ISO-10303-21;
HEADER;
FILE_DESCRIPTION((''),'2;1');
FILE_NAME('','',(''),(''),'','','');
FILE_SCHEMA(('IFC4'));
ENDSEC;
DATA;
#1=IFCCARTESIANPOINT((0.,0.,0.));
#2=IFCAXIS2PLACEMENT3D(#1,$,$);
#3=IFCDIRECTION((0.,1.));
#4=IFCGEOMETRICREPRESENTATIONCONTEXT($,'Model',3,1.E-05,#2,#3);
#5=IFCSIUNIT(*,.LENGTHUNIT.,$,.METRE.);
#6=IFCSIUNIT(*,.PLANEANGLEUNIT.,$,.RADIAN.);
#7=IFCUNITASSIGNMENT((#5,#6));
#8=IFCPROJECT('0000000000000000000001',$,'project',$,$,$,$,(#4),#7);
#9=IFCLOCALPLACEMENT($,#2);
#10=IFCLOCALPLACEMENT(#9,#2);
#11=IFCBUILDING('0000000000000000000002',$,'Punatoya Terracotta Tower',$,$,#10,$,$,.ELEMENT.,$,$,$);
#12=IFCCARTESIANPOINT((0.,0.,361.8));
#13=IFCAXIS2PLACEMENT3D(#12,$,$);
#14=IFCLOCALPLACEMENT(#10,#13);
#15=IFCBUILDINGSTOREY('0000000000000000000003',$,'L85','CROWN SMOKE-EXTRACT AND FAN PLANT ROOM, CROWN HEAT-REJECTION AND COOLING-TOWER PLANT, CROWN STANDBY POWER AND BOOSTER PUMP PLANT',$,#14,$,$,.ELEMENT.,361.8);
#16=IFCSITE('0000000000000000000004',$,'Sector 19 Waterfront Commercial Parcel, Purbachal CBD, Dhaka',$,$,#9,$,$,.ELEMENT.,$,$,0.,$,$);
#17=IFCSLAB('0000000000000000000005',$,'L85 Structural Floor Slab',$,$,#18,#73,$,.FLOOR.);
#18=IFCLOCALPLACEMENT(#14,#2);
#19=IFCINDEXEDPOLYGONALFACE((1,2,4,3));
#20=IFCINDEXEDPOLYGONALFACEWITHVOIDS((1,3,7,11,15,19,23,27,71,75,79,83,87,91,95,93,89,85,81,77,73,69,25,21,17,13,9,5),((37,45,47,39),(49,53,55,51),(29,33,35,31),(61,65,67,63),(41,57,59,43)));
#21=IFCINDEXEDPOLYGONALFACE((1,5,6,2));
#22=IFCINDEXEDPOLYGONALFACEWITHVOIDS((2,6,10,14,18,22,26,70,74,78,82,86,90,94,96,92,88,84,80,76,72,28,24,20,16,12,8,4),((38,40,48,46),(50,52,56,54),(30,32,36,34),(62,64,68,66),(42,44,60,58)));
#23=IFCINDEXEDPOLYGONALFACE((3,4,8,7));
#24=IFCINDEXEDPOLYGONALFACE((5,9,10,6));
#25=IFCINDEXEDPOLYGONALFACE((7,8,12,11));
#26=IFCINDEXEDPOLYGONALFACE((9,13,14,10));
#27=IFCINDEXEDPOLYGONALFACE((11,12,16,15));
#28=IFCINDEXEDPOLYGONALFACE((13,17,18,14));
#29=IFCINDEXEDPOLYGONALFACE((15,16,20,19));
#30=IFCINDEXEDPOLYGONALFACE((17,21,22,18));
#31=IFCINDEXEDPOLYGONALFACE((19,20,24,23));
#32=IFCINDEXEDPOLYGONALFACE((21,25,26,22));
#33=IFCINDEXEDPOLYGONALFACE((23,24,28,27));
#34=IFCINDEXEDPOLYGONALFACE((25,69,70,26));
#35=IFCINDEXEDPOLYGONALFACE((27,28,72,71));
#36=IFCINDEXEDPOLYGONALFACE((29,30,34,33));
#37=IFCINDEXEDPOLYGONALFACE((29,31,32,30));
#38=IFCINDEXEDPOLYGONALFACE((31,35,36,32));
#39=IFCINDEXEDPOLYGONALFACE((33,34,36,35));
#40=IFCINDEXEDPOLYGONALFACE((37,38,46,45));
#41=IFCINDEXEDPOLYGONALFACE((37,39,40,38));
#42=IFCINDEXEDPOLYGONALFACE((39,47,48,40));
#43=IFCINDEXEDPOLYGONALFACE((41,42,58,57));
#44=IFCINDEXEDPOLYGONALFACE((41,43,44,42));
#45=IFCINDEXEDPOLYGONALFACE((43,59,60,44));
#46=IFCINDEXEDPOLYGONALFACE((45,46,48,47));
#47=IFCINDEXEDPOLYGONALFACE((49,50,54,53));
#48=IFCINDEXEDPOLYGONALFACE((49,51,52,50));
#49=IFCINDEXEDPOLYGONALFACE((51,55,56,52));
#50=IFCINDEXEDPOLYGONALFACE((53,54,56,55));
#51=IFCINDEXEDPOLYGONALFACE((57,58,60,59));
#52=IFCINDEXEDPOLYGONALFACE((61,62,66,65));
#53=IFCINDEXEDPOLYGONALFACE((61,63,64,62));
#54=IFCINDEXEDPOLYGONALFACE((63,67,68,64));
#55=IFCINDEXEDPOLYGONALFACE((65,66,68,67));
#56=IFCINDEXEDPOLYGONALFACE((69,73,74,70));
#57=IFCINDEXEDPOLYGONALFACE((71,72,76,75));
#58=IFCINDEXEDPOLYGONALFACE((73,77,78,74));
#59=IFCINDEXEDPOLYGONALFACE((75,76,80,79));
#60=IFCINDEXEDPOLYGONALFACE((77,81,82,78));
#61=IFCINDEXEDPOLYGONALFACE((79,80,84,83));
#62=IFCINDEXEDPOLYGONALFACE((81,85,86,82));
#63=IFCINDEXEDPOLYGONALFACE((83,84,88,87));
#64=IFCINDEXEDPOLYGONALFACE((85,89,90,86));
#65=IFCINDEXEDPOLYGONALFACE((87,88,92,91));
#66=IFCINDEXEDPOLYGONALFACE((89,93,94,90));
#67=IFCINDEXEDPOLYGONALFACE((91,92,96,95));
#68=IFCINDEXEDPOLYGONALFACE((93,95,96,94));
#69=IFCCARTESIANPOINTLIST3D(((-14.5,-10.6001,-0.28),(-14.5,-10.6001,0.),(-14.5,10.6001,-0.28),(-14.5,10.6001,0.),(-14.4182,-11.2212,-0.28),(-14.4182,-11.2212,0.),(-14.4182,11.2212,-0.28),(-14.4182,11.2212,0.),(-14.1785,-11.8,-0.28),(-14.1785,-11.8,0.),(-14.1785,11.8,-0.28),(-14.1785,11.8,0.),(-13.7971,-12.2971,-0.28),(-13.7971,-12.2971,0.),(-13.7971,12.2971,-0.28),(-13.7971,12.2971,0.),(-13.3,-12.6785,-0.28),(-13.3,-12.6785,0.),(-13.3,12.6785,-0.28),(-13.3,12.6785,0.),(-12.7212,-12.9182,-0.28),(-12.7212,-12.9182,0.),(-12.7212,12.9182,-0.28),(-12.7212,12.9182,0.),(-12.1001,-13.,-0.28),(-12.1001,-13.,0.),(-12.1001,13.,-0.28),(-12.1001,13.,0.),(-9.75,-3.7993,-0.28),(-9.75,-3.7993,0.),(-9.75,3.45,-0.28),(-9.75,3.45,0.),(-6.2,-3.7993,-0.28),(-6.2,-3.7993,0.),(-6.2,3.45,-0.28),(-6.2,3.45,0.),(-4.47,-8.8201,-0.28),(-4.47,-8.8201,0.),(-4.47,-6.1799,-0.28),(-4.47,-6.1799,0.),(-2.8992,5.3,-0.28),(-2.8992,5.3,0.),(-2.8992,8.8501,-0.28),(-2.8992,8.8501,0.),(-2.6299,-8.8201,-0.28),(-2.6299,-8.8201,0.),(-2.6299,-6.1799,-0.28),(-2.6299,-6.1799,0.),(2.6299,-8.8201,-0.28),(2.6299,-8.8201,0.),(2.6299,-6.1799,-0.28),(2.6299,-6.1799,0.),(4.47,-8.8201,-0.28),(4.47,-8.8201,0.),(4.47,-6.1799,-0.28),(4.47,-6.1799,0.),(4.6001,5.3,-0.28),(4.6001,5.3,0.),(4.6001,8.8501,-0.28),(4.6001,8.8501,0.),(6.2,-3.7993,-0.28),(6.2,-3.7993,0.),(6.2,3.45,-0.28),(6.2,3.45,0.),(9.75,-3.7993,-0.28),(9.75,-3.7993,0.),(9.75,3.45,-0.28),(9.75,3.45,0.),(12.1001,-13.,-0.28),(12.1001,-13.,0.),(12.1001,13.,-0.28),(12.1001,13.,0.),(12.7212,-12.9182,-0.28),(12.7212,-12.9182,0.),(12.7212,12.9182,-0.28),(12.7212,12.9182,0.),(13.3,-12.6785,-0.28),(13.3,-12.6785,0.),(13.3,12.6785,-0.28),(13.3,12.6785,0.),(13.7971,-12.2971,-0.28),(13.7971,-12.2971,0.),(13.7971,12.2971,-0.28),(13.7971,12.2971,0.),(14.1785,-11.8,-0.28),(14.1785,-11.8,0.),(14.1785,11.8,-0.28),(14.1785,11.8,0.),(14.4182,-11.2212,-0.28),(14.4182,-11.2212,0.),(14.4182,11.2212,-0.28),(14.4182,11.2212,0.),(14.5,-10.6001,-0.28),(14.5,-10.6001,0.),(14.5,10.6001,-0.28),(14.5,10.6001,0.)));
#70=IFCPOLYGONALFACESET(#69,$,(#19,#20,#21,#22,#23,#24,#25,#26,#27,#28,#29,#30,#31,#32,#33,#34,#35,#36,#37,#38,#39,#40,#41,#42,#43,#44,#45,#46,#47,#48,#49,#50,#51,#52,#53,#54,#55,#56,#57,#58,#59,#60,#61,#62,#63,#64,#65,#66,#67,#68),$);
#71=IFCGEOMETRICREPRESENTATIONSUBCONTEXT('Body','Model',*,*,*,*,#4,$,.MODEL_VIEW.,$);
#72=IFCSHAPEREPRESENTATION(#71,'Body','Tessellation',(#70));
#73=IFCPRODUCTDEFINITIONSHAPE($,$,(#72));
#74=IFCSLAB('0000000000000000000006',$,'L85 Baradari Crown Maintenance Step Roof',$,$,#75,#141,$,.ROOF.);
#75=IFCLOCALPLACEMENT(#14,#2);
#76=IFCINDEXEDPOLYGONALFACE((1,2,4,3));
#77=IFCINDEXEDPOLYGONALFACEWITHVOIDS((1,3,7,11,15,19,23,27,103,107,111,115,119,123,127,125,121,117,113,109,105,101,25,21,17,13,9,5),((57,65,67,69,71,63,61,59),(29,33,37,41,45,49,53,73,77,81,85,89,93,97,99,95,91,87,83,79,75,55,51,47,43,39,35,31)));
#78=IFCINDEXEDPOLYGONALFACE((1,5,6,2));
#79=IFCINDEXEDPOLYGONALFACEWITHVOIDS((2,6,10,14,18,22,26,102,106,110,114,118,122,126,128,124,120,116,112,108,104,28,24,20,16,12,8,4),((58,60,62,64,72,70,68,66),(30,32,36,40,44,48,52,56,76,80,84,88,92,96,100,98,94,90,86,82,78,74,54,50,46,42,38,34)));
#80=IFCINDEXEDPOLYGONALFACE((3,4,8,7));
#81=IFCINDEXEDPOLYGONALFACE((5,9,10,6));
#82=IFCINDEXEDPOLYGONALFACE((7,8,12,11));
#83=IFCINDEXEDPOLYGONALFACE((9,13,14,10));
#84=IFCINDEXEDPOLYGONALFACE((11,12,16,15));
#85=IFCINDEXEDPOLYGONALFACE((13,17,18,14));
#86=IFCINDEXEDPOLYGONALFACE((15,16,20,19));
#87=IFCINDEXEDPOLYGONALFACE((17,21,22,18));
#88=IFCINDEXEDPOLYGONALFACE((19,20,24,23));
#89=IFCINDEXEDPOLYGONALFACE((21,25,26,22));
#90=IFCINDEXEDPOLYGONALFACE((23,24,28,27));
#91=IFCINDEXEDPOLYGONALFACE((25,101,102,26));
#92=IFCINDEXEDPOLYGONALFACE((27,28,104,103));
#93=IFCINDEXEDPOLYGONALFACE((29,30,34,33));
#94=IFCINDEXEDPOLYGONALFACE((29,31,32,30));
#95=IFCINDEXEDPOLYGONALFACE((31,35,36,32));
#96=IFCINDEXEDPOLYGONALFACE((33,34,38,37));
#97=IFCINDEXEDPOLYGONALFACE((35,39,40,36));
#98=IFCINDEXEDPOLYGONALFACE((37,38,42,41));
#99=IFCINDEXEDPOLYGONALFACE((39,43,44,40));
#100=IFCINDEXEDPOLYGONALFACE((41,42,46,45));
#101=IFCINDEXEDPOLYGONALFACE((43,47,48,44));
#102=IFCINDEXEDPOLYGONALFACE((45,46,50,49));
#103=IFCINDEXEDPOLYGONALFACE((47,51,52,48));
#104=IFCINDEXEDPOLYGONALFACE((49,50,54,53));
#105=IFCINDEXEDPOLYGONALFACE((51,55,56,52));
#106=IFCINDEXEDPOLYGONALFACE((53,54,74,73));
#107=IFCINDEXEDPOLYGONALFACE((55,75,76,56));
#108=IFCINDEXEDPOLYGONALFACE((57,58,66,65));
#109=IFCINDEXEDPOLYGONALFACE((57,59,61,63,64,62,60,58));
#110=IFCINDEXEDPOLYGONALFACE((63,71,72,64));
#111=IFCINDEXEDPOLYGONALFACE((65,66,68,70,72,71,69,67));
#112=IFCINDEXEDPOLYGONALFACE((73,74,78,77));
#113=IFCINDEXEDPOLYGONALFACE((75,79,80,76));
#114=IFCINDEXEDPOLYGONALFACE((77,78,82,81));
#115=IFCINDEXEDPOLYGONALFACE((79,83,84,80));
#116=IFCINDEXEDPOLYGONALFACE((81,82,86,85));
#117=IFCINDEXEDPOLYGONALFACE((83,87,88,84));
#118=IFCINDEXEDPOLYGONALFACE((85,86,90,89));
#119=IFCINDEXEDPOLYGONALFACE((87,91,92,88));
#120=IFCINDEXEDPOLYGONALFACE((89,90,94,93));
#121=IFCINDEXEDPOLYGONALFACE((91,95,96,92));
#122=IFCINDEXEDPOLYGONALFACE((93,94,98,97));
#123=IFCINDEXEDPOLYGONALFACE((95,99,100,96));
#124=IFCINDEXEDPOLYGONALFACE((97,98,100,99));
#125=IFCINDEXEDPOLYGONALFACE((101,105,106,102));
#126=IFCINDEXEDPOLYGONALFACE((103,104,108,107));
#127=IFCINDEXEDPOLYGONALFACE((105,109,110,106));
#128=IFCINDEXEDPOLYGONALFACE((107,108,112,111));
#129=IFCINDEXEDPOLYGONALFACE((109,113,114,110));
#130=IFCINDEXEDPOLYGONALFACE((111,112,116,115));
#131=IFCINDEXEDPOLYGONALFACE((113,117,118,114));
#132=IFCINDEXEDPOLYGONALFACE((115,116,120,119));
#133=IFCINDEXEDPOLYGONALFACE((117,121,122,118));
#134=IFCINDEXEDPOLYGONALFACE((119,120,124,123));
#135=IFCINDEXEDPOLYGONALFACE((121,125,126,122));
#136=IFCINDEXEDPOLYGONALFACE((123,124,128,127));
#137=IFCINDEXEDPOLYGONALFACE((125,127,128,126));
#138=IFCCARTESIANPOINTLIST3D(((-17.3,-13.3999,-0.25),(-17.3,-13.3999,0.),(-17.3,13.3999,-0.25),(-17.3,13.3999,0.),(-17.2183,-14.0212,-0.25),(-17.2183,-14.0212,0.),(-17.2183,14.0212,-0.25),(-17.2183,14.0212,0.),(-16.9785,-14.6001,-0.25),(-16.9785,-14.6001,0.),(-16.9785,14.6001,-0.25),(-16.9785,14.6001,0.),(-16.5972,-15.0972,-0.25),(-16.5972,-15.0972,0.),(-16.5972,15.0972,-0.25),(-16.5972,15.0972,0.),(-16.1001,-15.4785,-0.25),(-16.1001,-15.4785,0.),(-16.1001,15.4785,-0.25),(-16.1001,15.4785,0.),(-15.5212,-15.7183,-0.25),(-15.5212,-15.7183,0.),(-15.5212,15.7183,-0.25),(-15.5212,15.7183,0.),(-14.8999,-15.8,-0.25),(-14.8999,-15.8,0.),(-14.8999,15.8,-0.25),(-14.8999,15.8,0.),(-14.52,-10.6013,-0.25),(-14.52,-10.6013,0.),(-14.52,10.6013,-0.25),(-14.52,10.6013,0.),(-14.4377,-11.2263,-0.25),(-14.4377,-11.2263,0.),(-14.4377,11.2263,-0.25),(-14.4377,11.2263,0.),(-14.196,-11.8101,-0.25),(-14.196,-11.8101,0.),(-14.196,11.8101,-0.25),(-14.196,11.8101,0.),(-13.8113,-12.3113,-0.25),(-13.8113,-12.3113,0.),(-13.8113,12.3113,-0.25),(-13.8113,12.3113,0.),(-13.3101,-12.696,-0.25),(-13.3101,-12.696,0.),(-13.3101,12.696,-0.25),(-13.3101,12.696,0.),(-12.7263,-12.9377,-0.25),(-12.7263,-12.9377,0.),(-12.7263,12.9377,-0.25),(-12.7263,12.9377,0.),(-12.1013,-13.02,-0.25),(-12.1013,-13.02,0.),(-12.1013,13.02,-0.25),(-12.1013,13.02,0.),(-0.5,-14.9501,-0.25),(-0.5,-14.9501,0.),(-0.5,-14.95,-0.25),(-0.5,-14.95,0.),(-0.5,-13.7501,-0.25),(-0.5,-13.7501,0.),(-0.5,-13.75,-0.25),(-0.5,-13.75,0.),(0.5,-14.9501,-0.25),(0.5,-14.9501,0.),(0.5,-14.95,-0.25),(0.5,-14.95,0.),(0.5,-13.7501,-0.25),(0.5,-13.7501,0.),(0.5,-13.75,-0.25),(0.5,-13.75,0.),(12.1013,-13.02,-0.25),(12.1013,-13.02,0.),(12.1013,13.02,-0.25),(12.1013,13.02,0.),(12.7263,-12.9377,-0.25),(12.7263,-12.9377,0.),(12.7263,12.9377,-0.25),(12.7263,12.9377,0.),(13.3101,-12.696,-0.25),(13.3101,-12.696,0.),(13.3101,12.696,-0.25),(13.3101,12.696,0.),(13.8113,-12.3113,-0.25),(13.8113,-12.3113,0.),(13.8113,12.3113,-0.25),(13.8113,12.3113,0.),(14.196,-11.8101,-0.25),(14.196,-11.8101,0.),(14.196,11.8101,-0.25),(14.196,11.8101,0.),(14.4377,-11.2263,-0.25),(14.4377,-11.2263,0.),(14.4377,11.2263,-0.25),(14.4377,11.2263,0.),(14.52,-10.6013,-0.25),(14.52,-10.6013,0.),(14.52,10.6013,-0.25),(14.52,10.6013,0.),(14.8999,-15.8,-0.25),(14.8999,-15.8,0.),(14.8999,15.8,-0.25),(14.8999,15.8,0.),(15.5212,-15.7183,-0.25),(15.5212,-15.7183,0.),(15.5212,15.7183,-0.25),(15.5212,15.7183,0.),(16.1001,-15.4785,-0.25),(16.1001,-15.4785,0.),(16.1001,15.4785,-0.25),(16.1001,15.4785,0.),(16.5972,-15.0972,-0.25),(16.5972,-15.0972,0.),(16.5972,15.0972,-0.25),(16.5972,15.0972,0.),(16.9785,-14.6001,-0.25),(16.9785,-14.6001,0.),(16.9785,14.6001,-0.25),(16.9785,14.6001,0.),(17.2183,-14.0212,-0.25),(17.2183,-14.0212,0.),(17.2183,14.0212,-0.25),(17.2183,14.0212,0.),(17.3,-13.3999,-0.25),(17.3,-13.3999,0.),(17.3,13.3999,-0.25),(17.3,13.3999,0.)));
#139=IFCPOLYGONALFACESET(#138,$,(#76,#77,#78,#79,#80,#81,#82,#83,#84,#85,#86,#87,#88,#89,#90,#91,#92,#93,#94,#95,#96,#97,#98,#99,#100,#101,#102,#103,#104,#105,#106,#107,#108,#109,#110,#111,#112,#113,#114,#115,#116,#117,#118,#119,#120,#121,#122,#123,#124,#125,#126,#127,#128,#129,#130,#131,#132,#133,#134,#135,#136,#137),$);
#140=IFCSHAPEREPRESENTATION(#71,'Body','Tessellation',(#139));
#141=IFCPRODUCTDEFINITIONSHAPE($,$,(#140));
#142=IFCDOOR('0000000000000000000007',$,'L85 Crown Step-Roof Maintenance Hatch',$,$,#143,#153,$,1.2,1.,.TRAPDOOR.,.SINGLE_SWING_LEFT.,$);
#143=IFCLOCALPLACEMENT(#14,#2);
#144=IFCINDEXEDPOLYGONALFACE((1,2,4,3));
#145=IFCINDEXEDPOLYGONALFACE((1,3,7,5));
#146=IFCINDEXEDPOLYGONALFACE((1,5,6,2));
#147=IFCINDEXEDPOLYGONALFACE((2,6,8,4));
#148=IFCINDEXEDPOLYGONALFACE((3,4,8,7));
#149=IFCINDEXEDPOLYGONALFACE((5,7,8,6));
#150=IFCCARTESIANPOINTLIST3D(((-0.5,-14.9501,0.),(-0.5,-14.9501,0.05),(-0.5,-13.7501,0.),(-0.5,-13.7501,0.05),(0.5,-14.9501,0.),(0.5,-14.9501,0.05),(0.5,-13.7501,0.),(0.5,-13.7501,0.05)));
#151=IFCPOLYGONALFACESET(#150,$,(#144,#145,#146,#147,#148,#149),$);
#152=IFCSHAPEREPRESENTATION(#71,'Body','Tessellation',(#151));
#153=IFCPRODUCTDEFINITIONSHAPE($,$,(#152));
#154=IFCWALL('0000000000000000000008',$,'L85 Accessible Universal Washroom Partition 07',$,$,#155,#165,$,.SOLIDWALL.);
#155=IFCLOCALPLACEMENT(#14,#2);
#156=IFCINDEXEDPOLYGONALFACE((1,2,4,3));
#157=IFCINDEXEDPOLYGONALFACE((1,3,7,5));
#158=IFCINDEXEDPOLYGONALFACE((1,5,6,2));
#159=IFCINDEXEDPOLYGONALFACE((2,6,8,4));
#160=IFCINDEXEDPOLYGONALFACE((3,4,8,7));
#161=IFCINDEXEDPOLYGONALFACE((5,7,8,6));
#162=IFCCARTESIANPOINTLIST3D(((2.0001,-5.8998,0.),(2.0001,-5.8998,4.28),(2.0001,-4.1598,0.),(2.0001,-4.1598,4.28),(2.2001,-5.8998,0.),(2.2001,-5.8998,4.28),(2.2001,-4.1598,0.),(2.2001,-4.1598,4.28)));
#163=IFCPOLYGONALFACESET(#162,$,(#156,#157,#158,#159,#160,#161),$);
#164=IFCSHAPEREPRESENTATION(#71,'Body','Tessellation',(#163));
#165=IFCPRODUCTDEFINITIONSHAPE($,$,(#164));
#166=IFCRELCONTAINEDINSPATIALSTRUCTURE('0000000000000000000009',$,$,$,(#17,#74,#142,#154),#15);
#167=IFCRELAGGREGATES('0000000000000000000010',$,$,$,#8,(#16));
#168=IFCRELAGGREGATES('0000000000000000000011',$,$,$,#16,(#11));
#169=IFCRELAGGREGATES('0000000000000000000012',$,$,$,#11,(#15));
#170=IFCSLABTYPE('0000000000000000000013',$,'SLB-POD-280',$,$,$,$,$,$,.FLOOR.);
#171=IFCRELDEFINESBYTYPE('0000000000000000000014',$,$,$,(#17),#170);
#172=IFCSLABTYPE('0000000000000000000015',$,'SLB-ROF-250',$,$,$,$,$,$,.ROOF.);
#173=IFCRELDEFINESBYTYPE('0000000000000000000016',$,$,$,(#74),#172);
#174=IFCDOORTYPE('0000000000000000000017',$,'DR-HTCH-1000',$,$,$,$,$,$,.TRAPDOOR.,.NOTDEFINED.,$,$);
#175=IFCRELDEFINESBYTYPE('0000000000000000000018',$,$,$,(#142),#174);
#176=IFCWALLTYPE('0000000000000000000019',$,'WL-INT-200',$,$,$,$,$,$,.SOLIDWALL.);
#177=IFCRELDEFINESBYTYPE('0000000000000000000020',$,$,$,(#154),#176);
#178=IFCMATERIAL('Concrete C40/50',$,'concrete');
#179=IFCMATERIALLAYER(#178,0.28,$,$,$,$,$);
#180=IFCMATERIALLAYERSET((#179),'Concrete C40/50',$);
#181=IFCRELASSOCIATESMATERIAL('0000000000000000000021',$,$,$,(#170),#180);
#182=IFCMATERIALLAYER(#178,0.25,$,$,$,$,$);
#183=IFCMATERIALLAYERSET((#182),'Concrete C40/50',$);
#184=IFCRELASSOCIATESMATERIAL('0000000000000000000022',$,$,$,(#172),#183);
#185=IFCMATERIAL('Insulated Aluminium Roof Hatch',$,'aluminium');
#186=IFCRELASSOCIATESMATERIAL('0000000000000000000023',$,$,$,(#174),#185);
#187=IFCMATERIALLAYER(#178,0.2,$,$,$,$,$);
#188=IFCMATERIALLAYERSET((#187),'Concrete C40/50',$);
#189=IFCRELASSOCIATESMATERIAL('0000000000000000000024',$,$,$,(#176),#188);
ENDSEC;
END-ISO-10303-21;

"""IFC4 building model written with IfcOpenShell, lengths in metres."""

from ifc_helpers import new_model, si_unit, direction, frame, frame_2d, origin, origin_2d, place, context, subcontext, project, spatial, polyline, rectangle, outline, extrude, material, layer, layer_set, type_object, element, fill, save


model = new_model("IFC4")

# Units and contexts
model_context = context("Model", 3, precision=1e-05, world=origin(), true_north=direction((0.0, 1.0)))
body_context = subcontext(model_context, "Body", "Model", "MODEL_VIEW")
ifc_project = project(units=[si_unit("LENGTHUNIT", "METRE"), si_unit("PLANEANGLEUNIT", "RADIAN")], contexts=[model_context])

# Site, building, storey
site_placement = place(None, origin())
site = spatial("IfcSite", under=ifc_project, at=site_placement, Name="Sector 19 Waterfront Commercial Parcel, Purbachal CBD, Dhaka", CompositionType="ELEMENT", RefElevation=0.0)
building_placement = place(site_placement, origin())
building = spatial("IfcBuilding", under=site, at=building_placement, Name="Punatoya Terracotta Tower", CompositionType="ELEMENT")
storey_placement = place(building_placement, frame((0.0, 0.0, 361.8)))
storey = spatial("IfcBuildingStorey", under=building, at=storey_placement, Name="L85", Description="CROWN SMOKE-EXTRACT AND FAN PLANT ROOM, CROWN HEAT-REJECTION AND COOLING-TOWER PLANT, CROWN STANDBY POWER AND BOOSTER PUMP PLANT", CompositionType="ELEMENT", Elevation=361.8)

# Shared definitions
ifc_material_1 = material(Name="Concrete C40/50", Category="concrete")

# Slab
ifc_layer_1 = layer(ifc_material_1, 0.28)
ifc_layer_set_1 = layer_set([ifc_layer_1], Name="Concrete C40/50")
slab_type_1 = type_object("IfcSlabType", Name="SLB-POD-280", PredefinedType="FLOOR", material=ifc_layer_set_1)
slab_1_placement = place(storey_placement, frame((0.0, 0.0, -0.28)))
element("IfcSlab", 1, at=slab_1_placement, inside=storey, type_object=slab_type_1, Name="L85 Structural Floor Slab", PredefinedType="FLOOR", context=body_context, shape_type="SweptSolid", body=[
    extrude(outline(polyline([(-12.1001, -13.0), (-12.7212, -12.9182), (-13.3, -12.6785), (-13.7971, -12.2971), (-14.1785, -11.8), (-14.4182, -11.2212), (-14.5, -10.6001), (-14.5, 10.6001), (-14.4182, 11.2212), (-14.1785, 11.8), (-13.7971, 12.2971), (-13.3, 12.6785), (-12.7212, 12.9182), (-12.1001, 13.0), (12.1001, 13.0), (12.7212, 12.9182), (13.3, 12.6785), (13.7971, 12.2971), (14.1785, 11.8), (14.4182, 11.2212), (14.5, 10.6001), (14.5, -10.6001), (14.4182, -11.2212), (14.1785, -11.8), (13.7971, -12.2971), (13.3, -12.6785), (12.7212, -12.9182), (12.1001, -13.0), (-12.1001, -13.0)]), holes=[polyline([(-4.47, -6.1799), (-4.47, -8.8201), (-2.6299, -8.8201), (-2.6299, -6.1799), (-4.47, -6.1799)]), polyline([(2.6299, -6.1799), (2.6299, -8.8201), (4.47, -8.8201), (4.47, -6.1799), (2.6299, -6.1799)]), polyline([(-9.75, -3.7993), (-6.2, -3.7993), (-6.2, 3.45), (-9.75, 3.45), (-9.75, -3.7993)]), polyline([(6.2, 3.45), (6.2, -3.7993), (9.75, -3.7993), (9.75, 3.45), (6.2, 3.45)]), polyline([(4.6001, 8.8501), (-2.8992, 8.8501), (-2.8992, 5.3), (4.6001, 5.3), (4.6001, 8.8501)])]), origin(), (0.0, 0.0, 1.0), 0.28),
])

# Slab, opening, door
ifc_layer_2 = layer(ifc_material_1, 0.25)
ifc_layer_set_2 = layer_set([ifc_layer_2], Name="Concrete C40/50")
slab_type_2 = type_object("IfcSlabType", Name="SLB-ROF-250", PredefinedType="ROOF", material=ifc_layer_set_2)
slab_2_placement = place(storey_placement, frame((0.0, 0.0, -0.25)))
slab_2 = element("IfcSlab", 2, at=slab_2_placement, inside=storey, type_object=slab_type_2, Name="L85 Baradari Crown Maintenance Step Roof", PredefinedType="ROOF", context=body_context, shape_type="SweptSolid", body=[
    extrude(outline(polyline([(-15.5212, -15.7183), (-14.8999, -15.8), (14.8999, -15.8), (15.5212, -15.7183), (16.1001, -15.4785), (16.5972, -15.0972), (16.9785, -14.6001), (17.2183, -14.0212), (17.3, -13.3999), (17.3, 13.3999), (17.2183, 14.0212), (16.9785, 14.6001), (16.5972, 15.0972), (16.1001, 15.4785), (15.5212, 15.7183), (14.8999, 15.8), (-14.8999, 15.8), (-15.5212, 15.7183), (-16.1001, 15.4785), (-16.5972, 15.0972), (-16.9785, 14.6001), (-17.2183, 14.0212), (-17.3, 13.3999), (-17.3, -13.3999), (-17.2183, -14.0212), (-16.9785, -14.6001), (-16.5972, -15.0972), (-16.1001, -15.4785), (-15.5212, -15.7183)]), holes=[polyline([(13.3101, -12.696), (12.7263, -12.9377), (12.1013, -13.02), (-12.1013, -13.02), (-12.7263, -12.9377), (-13.3101, -12.696), (-13.8113, -12.3113), (-14.196, -11.8101), (-14.4377, -11.2263), (-14.52, -10.6013), (-14.52, 10.6013), (-14.4377, 11.2263), (-14.196, 11.8101), (-13.8113, 12.3113), (-13.3101, 12.696), (-12.7263, 12.9377), (-12.1013, 13.02), (12.1013, 13.02), (12.7263, 12.9377), (13.3101, 12.696), (13.8113, 12.3113), (14.196, 11.8101), (14.4377, 11.2263), (14.52, 10.6013), (14.52, -10.6013), (14.4377, -11.2263), (14.196, -11.8101), (13.8113, -12.3113), (13.3101, -12.696)]), polyline([(0.5, -13.75), (0.5, -14.95), (-0.5, -14.95), (-0.5, -13.75), (0.5, -13.75)])]), origin(), (0.0, 0.0, 1.0), 0.25),
])
opening_1_placement = place(slab_2_placement, frame((0.0, -14.3501, 0.0)))
opening_1 = element("IfcOpeningElement", 3, at=opening_1_placement, cuts=slab_2, PredefinedType="OPENING", context=body_context, shape_type="SweptSolid", body=[
    extrude(rectangle(XDim=1.0, YDim=1.2, at=origin_2d()), frame((0.0, 0.0, -0.01)), (0.0, 0.0, 1.0), 0.3201),
])
ifc_material_2 = material(Name="Insulated Aluminium Roof Hatch", Category="aluminium")
door_type_1 = type_object("IfcDoorType", Name="DR-HTCH-1000", OperationType="NOTDEFINED", PredefinedType="TRAPDOOR", material=ifc_material_2)
door_1_placement = place(opening_1_placement, frame((0.0, 0.0, 0.25)))
door_1 = element("IfcDoor", 4, at=door_1_placement, inside=storey, type_object=door_type_1, Name="L85 Crown Step-Roof Maintenance Hatch", OperationType="SINGLE_SWING_LEFT", OverallHeight=1.2, OverallWidth=1.0, PredefinedType="TRAPDOOR", context=body_context, shape_type="SweptSolid", body=[
    extrude(rectangle(XDim=1.0, YDim=1.2, at=origin_2d()), origin(), (0.0, 0.0, 1.0), 0.05),
])
fill(opening_1, door_1)

# Shared definitions
ifc_layer_3 = layer(ifc_material_1, 0.2)
ifc_layer_set_3 = layer_set([ifc_layer_3], Name="Concrete C40/50")
wall_type_1 = type_object("IfcWallType", Name="WL-INT-200", PredefinedType="SOLIDWALL", material=ifc_layer_set_3)

# Wall
wall_1_placement = place(storey_placement, frame((2.1001, -5.8999, 0.0), z_axis=(0.0, 0.0, 1.0), x_axis=(0.0, 1.0, 0.0)))
element("IfcWall", 5, at=wall_1_placement, inside=storey, type_object=wall_type_1, Name="L85 Accessible Universal Washroom Partition 07", PredefinedType="SOLIDWALL", context=body_context, shape_type="SweptSolid", body=[
    extrude(rectangle(XDim=1.74, YDim=0.2, at=frame_2d((0.8701, 0.0))), origin(), (0.0, 0.0, 1.0), 4.28),
])

save(model, "model.ifc")
